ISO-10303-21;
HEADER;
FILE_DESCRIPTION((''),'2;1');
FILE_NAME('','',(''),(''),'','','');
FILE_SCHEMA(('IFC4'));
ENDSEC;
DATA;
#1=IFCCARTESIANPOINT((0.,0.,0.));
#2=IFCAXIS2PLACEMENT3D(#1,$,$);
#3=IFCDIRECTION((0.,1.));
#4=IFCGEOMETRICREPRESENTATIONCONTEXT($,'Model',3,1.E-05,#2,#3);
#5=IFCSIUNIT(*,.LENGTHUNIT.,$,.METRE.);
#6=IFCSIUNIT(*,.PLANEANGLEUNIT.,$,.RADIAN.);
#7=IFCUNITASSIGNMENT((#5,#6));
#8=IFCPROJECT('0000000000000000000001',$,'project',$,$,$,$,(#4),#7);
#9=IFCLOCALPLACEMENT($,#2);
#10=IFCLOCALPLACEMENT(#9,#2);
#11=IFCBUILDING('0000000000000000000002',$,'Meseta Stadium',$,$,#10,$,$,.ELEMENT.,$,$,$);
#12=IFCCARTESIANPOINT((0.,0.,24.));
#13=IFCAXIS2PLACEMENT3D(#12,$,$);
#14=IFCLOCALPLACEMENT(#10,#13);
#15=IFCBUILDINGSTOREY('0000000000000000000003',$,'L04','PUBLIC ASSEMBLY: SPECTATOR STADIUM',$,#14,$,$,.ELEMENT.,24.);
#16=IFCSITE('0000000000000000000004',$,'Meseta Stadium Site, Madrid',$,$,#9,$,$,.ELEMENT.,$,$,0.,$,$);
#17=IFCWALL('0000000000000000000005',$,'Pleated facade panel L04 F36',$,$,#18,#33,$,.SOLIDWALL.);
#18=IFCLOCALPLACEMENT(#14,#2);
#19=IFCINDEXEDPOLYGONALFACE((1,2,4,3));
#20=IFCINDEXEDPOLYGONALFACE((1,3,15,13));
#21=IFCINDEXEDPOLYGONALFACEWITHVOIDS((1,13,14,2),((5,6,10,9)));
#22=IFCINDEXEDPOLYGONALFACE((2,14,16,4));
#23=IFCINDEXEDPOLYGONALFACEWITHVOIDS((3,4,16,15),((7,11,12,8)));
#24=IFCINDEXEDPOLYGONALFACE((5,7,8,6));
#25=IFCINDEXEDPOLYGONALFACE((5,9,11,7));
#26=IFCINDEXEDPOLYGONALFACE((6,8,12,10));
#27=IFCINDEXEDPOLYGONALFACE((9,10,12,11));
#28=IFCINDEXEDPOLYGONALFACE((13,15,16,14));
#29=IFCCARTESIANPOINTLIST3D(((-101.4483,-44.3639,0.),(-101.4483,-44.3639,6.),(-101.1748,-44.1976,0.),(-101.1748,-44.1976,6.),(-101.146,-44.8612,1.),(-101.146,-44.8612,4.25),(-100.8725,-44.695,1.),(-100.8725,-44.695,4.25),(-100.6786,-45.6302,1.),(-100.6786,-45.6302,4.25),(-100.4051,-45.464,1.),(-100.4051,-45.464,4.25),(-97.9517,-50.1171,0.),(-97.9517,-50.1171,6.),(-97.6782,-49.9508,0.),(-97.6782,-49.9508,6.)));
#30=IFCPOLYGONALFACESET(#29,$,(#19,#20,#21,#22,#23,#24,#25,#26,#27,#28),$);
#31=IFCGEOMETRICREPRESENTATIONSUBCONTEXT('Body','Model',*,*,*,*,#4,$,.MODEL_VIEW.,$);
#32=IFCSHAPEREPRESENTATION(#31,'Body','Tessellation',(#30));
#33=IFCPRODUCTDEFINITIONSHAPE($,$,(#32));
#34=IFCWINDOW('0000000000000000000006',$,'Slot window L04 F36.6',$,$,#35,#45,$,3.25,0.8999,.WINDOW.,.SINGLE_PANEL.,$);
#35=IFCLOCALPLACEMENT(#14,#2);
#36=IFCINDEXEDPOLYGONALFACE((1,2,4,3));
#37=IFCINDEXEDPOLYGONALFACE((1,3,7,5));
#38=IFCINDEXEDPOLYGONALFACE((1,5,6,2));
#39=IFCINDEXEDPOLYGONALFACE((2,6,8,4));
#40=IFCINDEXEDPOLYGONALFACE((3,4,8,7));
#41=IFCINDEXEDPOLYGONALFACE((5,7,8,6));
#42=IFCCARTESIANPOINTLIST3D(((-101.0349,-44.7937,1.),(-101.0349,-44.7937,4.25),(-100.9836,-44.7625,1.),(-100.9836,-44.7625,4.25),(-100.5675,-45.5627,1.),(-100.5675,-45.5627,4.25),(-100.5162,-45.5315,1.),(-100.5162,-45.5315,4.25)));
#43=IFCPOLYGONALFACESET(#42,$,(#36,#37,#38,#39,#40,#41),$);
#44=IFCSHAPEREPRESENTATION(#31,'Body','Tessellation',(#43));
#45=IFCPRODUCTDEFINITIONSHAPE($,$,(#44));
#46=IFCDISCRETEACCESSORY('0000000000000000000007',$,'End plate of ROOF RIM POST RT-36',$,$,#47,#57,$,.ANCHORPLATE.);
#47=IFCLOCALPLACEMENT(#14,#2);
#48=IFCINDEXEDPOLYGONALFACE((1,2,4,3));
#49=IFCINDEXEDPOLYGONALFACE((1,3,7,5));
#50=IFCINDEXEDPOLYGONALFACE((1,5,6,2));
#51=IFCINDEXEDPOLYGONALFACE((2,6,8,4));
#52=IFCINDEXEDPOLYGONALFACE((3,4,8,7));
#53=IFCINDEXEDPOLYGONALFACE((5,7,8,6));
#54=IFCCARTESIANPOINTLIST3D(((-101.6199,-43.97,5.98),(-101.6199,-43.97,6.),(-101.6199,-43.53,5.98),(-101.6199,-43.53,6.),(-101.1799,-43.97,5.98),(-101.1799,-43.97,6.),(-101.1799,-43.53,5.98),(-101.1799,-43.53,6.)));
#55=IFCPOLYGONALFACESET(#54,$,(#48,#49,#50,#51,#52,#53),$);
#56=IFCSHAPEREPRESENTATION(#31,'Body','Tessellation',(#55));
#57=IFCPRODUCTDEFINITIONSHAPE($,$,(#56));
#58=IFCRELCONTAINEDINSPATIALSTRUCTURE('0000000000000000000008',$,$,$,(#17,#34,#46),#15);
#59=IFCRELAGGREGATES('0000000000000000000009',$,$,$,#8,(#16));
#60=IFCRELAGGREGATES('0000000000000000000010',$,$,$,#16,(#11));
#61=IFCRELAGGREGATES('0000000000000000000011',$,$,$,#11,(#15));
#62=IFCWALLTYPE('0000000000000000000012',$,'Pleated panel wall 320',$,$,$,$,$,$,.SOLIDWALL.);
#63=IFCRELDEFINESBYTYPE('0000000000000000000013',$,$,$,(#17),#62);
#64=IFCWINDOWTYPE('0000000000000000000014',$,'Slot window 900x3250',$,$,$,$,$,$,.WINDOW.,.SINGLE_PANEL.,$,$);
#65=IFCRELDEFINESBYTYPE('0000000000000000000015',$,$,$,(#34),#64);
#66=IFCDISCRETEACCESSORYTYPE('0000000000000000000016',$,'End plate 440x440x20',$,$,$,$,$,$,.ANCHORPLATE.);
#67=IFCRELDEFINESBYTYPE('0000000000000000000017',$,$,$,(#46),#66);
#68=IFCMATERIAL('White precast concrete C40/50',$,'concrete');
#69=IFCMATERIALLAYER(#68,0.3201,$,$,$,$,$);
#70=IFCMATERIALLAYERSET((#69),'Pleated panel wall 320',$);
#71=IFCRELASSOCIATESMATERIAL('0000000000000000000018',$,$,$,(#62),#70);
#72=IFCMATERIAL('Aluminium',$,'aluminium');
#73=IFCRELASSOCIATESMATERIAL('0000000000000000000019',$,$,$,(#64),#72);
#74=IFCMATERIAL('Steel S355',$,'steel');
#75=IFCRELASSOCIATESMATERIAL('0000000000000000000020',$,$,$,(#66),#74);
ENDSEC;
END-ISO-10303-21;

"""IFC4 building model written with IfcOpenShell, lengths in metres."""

from ifc_helpers import new_model, si_unit, direction, frame, frame_2d, origin, origin_2d, place, context, subcontext, project, spatial, rectangle, extrude, material, layer, layer_set, material_profile, profile_set, type_object, element, fill, save


model = new_model("IFC4")

# Units and contexts
model_context = context("Model", 3, precision=1e-05, world=origin(), true_north=direction((0.0, 1.0)))
body_context = subcontext(model_context, "Body", "Model", "MODEL_VIEW")
ifc_project = project(units=[si_unit("LENGTHUNIT", "METRE"), si_unit("PLANEANGLEUNIT", "RADIAN")], contexts=[model_context])

# Site, building, storey
site_placement = place(None, origin())
site = spatial("IfcSite", under=ifc_project, at=site_placement, Name="Meseta Stadium Site, Madrid", CompositionType="ELEMENT", RefElevation=0.0)
building_placement = place(site_placement, origin())
building = spatial("IfcBuilding", under=site, at=building_placement, Name="Meseta Stadium", CompositionType="ELEMENT")
storey_placement = place(building_placement, frame((0.0, 0.0, 24.0)))
storey = spatial("IfcBuildingStorey", under=building, at=storey_placement, Name="L04", Description="PUBLIC ASSEMBLY: SPECTATOR STADIUM", CompositionType="ELEMENT", Elevation=24.0)

# Shared definitions
ifc_material_1 = material(Name="White precast concrete C40/50", Category="concrete")
ifc_layer_1 = layer(ifc_material_1, 0.3201)
ifc_layer_set_1 = layer_set([ifc_layer_1], Name="Pleated panel wall 320")
wall_type_1 = type_object("IfcWallType", Name="Pleated panel wall 320", PredefinedType="SOLIDWALL", material=ifc_layer_set_1)
ifc_material_2 = material(Name="Aluminium", Category="aluminium")
window_type_1 = type_object("IfcWindowType", Name="Slot window 900x3250", PartitioningType="SINGLE_PANEL", PredefinedType="WINDOW", material=ifc_material_2)

# Wall, opening, window
wall_1_placement = place(storey_placement, frame((-97.8149, -50.0339, 0.0), z_axis=(0.0, 0.0, 1.0), x_axis=(-0.519367, 0.854551, 0.0)))
wall_1 = element("IfcWall", 1, at=wall_1_placement, inside=storey, type_object=wall_type_1, Name="Pleated facade panel L04 F36", PredefinedType="SOLIDWALL", context=body_context, shape_type="SweptSolid", body=[
    extrude(rectangle(XDim=6.7324, YDim=0.3201, at=frame_2d((3.3662, 0.0))), origin(), (0.0, 0.0, 1.0), 6.0),
])
opening_1_placement = place(wall_1_placement, frame((5.2505, 0.0, 1.0)))
opening_1 = element("IfcOpeningElement", 2, at=opening_1_placement, cuts=wall_1, PredefinedType="OPENING", context=body_context, shape_type="SweptSolid", body=[
    extrude(rectangle(XDim=0.8999, YDim=3.25, at=frame_2d((0.45, 1.625))), frame((0.0, 0.1699, 0.0), z_axis=(0.0, -1.0, 0.0), x_axis=(1.0, 0.0, 0.0)), (0.0, 0.0, 1.0), 0.3401),
])
window_1_placement = place(opening_1_placement, origin())
window_1 = element("IfcWindow", 3, at=window_1_placement, inside=storey, type_object=window_type_1, Name="Slot window L04 F36.6", OverallHeight=3.25, OverallWidth=0.8999, PartitioningType="SINGLE_PANEL", PredefinedType="WINDOW", context=body_context, shape_type="SweptSolid", body=[
    extrude(rectangle(XDim=0.8999, YDim=3.25, at=frame_2d((0.45, 1.625))), frame((0.0, 0.03, 0.0), z_axis=(0.0, -1.0, 0.0), x_axis=(1.0, 0.0, 0.0)), (0.0, 0.0, 1.0), 0.0601),
])
fill(opening_1, window_1)

# Discrete accessory
ifc_material_3 = material(Name="Steel S355", Category="steel")
ifc_material_profile_1 = material_profile(ifc_material_3, rectangle(XDim=0.4399, YDim=0.4399, at=origin_2d()), Name="PL 440x440")
ifc_profile_set_1 = profile_set([ifc_material_profile_1], Name="Steel S355")
discrete_accessory_type = type_object("IfcDiscreteAccessoryType", Name="End plate 440x440x20", PredefinedType="ANCHORPLATE", material=ifc_profile_set_1)
discrete_accessory_placement = place(storey_placement, frame((-101.3999, -43.75, 5.98), z_axis=(0.0, 0.0, 1.0), x_axis=(1.0, 0.0, 0.0)))
element("IfcDiscreteAccessory", 4, at=discrete_accessory_placement, inside=storey, type_object=discrete_accessory_type, Name="End plate of ROOF RIM POST RT-36", PredefinedType="ANCHORPLATE", context=body_context, shape_type="SweptSolid", body=[
    extrude(rectangle(XDim=0.4399, YDim=0.4399, at=origin_2d()), origin(), (0.0, 0.0, 1.0), 0.02),
])

save(model, "model.ifc")
